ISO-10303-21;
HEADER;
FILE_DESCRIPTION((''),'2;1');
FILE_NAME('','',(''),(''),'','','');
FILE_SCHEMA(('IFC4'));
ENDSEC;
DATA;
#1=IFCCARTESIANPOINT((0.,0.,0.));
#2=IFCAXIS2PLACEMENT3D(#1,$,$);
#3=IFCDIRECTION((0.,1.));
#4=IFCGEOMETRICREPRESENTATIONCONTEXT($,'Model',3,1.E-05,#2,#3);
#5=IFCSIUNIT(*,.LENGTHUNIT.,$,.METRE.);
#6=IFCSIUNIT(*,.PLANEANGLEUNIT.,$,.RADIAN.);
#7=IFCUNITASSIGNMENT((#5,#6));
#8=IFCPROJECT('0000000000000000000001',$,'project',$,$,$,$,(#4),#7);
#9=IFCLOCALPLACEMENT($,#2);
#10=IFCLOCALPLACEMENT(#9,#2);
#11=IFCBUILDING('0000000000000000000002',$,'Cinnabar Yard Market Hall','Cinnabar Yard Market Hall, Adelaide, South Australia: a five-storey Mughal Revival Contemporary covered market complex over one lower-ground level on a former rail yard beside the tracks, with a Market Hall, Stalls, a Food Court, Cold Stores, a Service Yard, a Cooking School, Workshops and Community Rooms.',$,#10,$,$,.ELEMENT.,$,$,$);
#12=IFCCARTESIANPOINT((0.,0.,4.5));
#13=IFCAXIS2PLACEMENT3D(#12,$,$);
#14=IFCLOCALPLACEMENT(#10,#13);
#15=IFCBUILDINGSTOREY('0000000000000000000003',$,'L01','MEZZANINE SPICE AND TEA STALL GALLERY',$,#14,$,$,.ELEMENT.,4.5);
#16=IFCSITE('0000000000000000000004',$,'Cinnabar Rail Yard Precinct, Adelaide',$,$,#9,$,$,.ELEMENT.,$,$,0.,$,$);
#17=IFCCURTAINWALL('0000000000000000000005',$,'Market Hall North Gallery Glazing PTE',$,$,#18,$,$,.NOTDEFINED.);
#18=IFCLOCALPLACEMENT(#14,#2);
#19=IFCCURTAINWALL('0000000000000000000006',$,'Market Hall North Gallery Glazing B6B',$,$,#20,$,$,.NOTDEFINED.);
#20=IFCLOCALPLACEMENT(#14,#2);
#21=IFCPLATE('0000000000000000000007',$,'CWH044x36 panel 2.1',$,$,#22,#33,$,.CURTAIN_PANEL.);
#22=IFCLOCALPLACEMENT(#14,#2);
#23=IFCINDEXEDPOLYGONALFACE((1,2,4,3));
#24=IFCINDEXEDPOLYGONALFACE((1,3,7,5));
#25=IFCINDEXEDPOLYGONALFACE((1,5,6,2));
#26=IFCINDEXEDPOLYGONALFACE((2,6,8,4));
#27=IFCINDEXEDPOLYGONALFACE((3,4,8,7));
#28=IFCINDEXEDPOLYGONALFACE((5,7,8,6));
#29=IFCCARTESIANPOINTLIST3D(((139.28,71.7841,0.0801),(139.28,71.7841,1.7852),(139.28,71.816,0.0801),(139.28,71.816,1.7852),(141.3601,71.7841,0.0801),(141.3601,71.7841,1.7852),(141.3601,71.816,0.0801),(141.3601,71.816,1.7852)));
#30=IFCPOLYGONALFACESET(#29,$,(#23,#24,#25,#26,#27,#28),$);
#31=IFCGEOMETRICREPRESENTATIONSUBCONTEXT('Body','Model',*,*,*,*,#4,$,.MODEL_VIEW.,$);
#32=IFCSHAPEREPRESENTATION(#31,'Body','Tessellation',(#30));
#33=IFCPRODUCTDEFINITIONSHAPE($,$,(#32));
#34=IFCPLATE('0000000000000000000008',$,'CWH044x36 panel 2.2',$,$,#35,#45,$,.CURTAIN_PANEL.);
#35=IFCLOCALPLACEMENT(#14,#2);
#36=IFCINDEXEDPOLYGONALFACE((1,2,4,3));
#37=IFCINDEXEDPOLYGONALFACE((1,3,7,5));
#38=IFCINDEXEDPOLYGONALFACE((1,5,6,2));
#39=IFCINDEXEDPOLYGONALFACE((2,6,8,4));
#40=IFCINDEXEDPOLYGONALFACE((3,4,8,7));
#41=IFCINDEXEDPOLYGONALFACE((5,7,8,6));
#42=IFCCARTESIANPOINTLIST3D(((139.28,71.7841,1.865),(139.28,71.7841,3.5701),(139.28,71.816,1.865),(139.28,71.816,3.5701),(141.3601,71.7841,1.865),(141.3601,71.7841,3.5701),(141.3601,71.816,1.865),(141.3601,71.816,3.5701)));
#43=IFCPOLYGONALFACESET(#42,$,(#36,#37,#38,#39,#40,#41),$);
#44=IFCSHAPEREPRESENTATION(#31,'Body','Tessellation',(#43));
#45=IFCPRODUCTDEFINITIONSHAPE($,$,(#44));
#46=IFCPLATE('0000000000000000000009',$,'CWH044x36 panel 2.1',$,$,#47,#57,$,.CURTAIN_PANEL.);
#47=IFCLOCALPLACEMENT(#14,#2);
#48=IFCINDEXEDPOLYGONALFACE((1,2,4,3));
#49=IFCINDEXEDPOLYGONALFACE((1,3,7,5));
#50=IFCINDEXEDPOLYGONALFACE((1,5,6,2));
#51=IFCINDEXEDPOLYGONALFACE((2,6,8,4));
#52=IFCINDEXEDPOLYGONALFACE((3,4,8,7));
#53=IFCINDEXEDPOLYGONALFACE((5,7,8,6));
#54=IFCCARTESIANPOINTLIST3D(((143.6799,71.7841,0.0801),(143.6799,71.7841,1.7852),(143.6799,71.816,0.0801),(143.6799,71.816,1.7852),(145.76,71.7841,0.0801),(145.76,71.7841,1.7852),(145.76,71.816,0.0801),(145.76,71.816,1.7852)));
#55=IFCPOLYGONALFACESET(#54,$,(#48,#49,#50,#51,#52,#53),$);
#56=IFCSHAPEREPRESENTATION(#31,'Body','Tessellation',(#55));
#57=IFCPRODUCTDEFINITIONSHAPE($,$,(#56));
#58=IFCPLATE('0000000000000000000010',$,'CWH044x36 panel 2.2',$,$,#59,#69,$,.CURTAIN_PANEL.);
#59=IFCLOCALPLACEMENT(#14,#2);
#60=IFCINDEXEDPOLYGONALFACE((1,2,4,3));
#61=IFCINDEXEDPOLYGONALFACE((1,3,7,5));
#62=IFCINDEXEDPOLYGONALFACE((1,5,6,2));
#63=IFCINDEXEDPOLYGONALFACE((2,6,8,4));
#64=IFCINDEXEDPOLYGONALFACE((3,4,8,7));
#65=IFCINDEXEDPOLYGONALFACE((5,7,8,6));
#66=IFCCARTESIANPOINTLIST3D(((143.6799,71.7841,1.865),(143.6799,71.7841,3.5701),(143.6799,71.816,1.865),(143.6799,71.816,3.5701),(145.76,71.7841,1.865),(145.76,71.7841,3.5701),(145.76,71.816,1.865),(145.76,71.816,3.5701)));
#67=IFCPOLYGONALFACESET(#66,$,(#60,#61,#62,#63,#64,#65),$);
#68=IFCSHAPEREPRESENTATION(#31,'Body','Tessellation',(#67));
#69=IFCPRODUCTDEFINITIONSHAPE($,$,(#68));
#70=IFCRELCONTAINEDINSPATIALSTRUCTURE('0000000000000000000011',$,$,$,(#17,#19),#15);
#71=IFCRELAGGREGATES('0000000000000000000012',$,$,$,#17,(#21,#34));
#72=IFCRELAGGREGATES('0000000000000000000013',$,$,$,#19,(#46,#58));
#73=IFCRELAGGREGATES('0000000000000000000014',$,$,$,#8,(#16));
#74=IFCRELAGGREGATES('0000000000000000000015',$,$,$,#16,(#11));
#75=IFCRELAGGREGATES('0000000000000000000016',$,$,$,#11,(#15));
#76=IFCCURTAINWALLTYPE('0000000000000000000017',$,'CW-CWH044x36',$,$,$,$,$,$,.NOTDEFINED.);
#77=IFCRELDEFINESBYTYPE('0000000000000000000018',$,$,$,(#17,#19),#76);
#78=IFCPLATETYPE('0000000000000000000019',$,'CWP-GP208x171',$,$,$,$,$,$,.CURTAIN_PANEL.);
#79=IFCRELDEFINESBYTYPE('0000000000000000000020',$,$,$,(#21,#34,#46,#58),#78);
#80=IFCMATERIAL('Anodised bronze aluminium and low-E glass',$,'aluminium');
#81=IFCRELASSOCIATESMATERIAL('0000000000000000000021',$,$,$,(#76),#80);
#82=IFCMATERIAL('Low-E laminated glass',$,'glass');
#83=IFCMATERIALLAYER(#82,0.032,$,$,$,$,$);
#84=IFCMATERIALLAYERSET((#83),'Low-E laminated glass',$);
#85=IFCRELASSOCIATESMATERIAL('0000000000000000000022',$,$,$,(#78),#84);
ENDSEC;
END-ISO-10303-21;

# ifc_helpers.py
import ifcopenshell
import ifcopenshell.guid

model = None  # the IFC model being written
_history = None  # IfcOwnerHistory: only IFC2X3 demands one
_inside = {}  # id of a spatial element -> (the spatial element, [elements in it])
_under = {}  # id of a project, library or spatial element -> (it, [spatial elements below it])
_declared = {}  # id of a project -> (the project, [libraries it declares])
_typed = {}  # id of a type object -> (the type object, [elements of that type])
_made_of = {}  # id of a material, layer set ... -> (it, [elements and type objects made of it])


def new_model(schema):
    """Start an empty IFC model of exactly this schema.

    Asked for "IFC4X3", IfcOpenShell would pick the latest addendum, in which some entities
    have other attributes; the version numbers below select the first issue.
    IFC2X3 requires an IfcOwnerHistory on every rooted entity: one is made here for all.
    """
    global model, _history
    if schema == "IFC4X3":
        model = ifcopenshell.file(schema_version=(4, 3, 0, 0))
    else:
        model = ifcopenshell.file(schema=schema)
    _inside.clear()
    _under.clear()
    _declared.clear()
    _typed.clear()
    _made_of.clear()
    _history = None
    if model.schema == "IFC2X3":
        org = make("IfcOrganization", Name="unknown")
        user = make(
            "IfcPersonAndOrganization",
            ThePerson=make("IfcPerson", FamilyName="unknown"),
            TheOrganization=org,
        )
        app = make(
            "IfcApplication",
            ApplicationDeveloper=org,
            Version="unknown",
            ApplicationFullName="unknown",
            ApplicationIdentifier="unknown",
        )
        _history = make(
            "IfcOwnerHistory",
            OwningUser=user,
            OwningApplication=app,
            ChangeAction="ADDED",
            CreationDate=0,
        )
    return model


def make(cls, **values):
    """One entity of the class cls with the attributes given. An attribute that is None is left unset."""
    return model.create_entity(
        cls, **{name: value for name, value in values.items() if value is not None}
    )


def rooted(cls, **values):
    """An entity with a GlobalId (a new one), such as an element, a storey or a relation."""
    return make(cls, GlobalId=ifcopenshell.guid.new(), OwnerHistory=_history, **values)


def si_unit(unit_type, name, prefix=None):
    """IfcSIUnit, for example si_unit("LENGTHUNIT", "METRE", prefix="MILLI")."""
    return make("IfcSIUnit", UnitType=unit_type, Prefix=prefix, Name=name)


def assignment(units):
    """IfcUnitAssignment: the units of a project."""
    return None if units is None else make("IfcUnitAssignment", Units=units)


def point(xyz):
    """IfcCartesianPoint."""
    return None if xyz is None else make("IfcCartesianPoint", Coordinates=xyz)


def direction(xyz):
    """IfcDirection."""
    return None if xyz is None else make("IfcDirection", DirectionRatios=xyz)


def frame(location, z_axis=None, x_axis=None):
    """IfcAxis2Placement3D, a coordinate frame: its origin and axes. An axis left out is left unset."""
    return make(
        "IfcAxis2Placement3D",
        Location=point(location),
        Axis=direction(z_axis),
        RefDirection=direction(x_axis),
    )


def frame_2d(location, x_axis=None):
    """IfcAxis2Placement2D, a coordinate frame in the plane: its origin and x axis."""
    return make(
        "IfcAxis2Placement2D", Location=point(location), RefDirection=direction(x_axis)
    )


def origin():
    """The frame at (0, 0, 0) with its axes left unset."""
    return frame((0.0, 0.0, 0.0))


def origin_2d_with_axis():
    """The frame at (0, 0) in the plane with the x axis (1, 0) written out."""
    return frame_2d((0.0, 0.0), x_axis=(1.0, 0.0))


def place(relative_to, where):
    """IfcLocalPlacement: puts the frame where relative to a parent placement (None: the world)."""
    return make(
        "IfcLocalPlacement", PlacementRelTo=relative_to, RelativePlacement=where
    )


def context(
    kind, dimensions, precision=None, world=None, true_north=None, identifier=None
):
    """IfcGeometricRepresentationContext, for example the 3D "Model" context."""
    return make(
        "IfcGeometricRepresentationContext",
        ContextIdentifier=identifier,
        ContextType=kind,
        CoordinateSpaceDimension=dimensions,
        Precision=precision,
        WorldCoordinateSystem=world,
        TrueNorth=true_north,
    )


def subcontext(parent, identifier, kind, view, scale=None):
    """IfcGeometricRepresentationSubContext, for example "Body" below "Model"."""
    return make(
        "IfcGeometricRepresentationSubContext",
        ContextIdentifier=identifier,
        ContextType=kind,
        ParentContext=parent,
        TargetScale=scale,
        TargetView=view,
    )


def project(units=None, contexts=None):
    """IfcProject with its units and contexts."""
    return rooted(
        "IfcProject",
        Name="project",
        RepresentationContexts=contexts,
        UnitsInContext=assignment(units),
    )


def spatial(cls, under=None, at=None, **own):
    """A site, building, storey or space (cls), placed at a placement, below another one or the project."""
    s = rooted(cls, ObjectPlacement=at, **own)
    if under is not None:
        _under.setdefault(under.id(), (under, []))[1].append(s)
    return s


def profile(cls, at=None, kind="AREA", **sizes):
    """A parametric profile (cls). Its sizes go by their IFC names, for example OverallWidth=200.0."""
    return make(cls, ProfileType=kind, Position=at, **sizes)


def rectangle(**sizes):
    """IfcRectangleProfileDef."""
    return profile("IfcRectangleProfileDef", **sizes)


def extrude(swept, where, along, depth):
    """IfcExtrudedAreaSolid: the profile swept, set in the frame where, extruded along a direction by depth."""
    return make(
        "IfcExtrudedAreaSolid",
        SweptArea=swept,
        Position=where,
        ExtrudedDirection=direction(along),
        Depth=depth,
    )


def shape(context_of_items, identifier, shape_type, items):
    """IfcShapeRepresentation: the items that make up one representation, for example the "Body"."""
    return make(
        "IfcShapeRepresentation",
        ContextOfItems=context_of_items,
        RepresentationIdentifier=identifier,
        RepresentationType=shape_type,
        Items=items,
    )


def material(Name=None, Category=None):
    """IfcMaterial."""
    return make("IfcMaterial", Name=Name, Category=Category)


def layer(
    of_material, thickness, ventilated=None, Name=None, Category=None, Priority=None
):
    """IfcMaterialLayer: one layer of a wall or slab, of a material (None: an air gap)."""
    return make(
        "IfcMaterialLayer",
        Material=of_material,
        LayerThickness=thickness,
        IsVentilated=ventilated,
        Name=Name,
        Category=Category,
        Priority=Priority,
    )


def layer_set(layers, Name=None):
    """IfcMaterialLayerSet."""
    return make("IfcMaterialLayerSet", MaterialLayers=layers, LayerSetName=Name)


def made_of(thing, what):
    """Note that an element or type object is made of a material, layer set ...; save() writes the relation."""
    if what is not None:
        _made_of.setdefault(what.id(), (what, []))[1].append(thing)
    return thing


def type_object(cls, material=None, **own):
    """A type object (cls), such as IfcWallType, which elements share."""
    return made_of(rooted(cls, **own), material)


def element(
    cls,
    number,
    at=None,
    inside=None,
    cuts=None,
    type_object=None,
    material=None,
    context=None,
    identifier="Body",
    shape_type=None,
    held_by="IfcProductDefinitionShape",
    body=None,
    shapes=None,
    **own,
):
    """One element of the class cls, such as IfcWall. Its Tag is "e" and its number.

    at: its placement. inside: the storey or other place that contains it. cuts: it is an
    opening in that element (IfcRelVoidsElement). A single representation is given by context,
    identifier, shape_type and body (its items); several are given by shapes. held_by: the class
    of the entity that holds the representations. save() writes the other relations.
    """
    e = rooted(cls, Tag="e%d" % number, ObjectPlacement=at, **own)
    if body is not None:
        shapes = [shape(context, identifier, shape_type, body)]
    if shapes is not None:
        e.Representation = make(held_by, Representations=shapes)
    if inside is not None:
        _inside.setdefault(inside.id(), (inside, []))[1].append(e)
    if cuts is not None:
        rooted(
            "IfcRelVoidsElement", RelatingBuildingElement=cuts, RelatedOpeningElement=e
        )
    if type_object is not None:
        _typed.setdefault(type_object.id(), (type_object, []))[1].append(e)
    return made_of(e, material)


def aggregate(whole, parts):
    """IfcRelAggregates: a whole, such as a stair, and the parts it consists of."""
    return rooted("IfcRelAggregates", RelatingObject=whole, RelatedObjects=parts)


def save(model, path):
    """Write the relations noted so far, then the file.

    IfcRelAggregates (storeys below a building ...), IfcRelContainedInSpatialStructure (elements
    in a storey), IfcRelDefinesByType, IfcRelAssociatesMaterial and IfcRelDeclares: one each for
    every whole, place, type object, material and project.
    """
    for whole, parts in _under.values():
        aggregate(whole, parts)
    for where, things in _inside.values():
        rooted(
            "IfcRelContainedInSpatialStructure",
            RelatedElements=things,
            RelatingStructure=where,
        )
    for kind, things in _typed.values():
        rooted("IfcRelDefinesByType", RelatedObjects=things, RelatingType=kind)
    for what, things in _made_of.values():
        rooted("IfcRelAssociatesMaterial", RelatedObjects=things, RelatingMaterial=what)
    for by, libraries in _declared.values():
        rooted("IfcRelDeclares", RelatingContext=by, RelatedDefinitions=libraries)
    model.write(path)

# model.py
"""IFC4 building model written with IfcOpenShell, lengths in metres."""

from ifc_helpers import new_model, si_unit, direction, frame, origin, origin_2d_with_axis, place, context, subcontext, project, spatial, rectangle, extrude, material, layer, layer_set, type_object, element, aggregate, save


model = new_model("IFC4")

# Units and contexts
model_context = context("Model", 3, precision=1e-05, world=origin(), true_north=direction((0.0, 1.0)))
body_context = subcontext(model_context, "Body", "Model", "MODEL_VIEW")
ifc_project = project(units=[si_unit("LENGTHUNIT", "METRE"), si_unit("PLANEANGLEUNIT", "RADIAN")], contexts=[model_context])

# Site, building, storey
site_placement = place(None, origin())
site = spatial("IfcSite", under=ifc_project, at=site_placement, Name="Cinnabar Rail Yard Precinct, Adelaide", CompositionType="ELEMENT", RefElevation=0.0)
building_placement = place(site_placement, origin())
building = spatial("IfcBuilding", under=site, at=building_placement, Name="Cinnabar Yard Market Hall", Description="Cinnabar Yard Market Hall, Adelaide, South Australia: a five-storey Mughal Revival Contemporary covered market complex over one lower-ground level on a former rail yard beside the tracks, with a Market Hall, Stalls, a Food Court, Cold Stores, a Service Yard, a Cooking School, Workshops and Community Rooms.", CompositionType="ELEMENT")
storey_placement = place(building_placement, frame((0.0, 0.0, 4.5)))
storey = spatial("IfcBuildingStorey", under=building, at=storey_placement, Name="L01", Description="MEZZANINE SPICE AND TEA STALL GALLERY", CompositionType="ELEMENT", Elevation=4.5)

# Shared definitions
ifc_material_1 = material(Name="Anodised bronze aluminium and low-E glass", Category="aluminium")

# Curtain wall
curtain_wall_type_1 = type_object("IfcCurtainWallType", Name="CW-CWH044x36", PredefinedType="NOTDEFINED", material=ifc_material_1)
curtain_wall_1_placement = place(storey_placement, origin())
curtain_wall_1 = element("IfcCurtainWall", 1, at=curtain_wall_1_placement, inside=storey, type_object=curtain_wall_type_1, Name="Market Hall North Gallery Glazing PTE", PredefinedType="NOTDEFINED")

# Curtain wall
curtain_wall_2_placement = place(storey_placement, origin())
curtain_wall_2 = element("IfcCurtainWall", 2, at=curtain_wall_2_placement, inside=storey, type_object=curtain_wall_type_1, Name="Market Hall North Gallery Glazing B6B", PredefinedType="NOTDEFINED")

# Plates
ifc_material_2 = material(Name="Low-E laminated glass", Category="glass")
ifc_layer_1 = layer(ifc_material_2, 0.032)
ifc_layer_set_1 = layer_set([ifc_layer_1], Name="Low-E laminated glass")
plate_type_1 = type_object("IfcPlateType", Name="CWP-GP208x171", PredefinedType="CURTAIN_PANEL", material=ifc_layer_set_1)
plate_1_placement = place(storey_placement, frame((140.3201, 71.8, 0.0801), z_axis=(0.0, 0.0, 1.0), x_axis=(-1.0, 0.0, 0.0)))
plate_1 = element("IfcPlate", 3, at=plate_1_placement, type_object=plate_type_1, Name="CWH044x36 panel 2.1", PredefinedType="CURTAIN_PANEL", context=body_context, shape_type="SweptSolid", body=[
    extrude(rectangle(XDim=2.0801, YDim=0.032, at=origin_2d_with_axis()), origin(), (0.0, 0.0, 1.0), 1.7051),
])
plate_2_placement = place(storey_placement, frame((140.3201, 71.8, 1.865), z_axis=(0.0, 0.0, 1.0), x_axis=(-1.0, 0.0, 0.0)))
plate_2 = element("IfcPlate", 4, at=plate_2_placement, type_object=plate_type_1, Name="CWH044x36 panel 2.2", PredefinedType="CURTAIN_PANEL", context=body_context, shape_type="SweptSolid", body=[
    extrude(rectangle(XDim=2.0801, YDim=0.032, at=origin_2d_with_axis()), origin(), (0.0, 0.0, 1.0), 1.7051),
])
aggregate(curtain_wall_1, [plate_1, plate_2])
plate_3_placement = place(storey_placement, frame((144.72, 71.8, 0.0801), z_axis=(0.0, 0.0, 1.0), x_axis=(-1.0, 0.0, 0.0)))
plate_3 = element("IfcPlate", 5, at=plate_3_placement, type_object=plate_type_1, Name="CWH044x36 panel 2.1", PredefinedType="CURTAIN_PANEL", context=body_context, shape_type="SweptSolid", body=[
    extrude(rectangle(XDim=2.0801, YDim=0.032, at=origin_2d_with_axis()), origin(), (0.0, 0.0, 1.0), 1.7051),
])
plate_4_placement = place(storey_placement, frame((144.72, 71.8, 1.865), z_axis=(0.0, 0.0, 1.0), x_axis=(-1.0, 0.0, 0.0)))
plate_4 = element("IfcPlate", 6, at=plate_4_placement, type_object=plate_type_1, Name="CWH044x36 panel 2.2", PredefinedType="CURTAIN_PANEL", context=body_context, shape_type="SweptSolid", body=[
    extrude(rectangle(XDim=2.0801, YDim=0.032, at=origin_2d_with_axis()), origin(), (0.0, 0.0, 1.0), 1.7051),
])
aggregate(curtain_wall_2, [plate_3, plate_4])

save(model, "model.ifc")
